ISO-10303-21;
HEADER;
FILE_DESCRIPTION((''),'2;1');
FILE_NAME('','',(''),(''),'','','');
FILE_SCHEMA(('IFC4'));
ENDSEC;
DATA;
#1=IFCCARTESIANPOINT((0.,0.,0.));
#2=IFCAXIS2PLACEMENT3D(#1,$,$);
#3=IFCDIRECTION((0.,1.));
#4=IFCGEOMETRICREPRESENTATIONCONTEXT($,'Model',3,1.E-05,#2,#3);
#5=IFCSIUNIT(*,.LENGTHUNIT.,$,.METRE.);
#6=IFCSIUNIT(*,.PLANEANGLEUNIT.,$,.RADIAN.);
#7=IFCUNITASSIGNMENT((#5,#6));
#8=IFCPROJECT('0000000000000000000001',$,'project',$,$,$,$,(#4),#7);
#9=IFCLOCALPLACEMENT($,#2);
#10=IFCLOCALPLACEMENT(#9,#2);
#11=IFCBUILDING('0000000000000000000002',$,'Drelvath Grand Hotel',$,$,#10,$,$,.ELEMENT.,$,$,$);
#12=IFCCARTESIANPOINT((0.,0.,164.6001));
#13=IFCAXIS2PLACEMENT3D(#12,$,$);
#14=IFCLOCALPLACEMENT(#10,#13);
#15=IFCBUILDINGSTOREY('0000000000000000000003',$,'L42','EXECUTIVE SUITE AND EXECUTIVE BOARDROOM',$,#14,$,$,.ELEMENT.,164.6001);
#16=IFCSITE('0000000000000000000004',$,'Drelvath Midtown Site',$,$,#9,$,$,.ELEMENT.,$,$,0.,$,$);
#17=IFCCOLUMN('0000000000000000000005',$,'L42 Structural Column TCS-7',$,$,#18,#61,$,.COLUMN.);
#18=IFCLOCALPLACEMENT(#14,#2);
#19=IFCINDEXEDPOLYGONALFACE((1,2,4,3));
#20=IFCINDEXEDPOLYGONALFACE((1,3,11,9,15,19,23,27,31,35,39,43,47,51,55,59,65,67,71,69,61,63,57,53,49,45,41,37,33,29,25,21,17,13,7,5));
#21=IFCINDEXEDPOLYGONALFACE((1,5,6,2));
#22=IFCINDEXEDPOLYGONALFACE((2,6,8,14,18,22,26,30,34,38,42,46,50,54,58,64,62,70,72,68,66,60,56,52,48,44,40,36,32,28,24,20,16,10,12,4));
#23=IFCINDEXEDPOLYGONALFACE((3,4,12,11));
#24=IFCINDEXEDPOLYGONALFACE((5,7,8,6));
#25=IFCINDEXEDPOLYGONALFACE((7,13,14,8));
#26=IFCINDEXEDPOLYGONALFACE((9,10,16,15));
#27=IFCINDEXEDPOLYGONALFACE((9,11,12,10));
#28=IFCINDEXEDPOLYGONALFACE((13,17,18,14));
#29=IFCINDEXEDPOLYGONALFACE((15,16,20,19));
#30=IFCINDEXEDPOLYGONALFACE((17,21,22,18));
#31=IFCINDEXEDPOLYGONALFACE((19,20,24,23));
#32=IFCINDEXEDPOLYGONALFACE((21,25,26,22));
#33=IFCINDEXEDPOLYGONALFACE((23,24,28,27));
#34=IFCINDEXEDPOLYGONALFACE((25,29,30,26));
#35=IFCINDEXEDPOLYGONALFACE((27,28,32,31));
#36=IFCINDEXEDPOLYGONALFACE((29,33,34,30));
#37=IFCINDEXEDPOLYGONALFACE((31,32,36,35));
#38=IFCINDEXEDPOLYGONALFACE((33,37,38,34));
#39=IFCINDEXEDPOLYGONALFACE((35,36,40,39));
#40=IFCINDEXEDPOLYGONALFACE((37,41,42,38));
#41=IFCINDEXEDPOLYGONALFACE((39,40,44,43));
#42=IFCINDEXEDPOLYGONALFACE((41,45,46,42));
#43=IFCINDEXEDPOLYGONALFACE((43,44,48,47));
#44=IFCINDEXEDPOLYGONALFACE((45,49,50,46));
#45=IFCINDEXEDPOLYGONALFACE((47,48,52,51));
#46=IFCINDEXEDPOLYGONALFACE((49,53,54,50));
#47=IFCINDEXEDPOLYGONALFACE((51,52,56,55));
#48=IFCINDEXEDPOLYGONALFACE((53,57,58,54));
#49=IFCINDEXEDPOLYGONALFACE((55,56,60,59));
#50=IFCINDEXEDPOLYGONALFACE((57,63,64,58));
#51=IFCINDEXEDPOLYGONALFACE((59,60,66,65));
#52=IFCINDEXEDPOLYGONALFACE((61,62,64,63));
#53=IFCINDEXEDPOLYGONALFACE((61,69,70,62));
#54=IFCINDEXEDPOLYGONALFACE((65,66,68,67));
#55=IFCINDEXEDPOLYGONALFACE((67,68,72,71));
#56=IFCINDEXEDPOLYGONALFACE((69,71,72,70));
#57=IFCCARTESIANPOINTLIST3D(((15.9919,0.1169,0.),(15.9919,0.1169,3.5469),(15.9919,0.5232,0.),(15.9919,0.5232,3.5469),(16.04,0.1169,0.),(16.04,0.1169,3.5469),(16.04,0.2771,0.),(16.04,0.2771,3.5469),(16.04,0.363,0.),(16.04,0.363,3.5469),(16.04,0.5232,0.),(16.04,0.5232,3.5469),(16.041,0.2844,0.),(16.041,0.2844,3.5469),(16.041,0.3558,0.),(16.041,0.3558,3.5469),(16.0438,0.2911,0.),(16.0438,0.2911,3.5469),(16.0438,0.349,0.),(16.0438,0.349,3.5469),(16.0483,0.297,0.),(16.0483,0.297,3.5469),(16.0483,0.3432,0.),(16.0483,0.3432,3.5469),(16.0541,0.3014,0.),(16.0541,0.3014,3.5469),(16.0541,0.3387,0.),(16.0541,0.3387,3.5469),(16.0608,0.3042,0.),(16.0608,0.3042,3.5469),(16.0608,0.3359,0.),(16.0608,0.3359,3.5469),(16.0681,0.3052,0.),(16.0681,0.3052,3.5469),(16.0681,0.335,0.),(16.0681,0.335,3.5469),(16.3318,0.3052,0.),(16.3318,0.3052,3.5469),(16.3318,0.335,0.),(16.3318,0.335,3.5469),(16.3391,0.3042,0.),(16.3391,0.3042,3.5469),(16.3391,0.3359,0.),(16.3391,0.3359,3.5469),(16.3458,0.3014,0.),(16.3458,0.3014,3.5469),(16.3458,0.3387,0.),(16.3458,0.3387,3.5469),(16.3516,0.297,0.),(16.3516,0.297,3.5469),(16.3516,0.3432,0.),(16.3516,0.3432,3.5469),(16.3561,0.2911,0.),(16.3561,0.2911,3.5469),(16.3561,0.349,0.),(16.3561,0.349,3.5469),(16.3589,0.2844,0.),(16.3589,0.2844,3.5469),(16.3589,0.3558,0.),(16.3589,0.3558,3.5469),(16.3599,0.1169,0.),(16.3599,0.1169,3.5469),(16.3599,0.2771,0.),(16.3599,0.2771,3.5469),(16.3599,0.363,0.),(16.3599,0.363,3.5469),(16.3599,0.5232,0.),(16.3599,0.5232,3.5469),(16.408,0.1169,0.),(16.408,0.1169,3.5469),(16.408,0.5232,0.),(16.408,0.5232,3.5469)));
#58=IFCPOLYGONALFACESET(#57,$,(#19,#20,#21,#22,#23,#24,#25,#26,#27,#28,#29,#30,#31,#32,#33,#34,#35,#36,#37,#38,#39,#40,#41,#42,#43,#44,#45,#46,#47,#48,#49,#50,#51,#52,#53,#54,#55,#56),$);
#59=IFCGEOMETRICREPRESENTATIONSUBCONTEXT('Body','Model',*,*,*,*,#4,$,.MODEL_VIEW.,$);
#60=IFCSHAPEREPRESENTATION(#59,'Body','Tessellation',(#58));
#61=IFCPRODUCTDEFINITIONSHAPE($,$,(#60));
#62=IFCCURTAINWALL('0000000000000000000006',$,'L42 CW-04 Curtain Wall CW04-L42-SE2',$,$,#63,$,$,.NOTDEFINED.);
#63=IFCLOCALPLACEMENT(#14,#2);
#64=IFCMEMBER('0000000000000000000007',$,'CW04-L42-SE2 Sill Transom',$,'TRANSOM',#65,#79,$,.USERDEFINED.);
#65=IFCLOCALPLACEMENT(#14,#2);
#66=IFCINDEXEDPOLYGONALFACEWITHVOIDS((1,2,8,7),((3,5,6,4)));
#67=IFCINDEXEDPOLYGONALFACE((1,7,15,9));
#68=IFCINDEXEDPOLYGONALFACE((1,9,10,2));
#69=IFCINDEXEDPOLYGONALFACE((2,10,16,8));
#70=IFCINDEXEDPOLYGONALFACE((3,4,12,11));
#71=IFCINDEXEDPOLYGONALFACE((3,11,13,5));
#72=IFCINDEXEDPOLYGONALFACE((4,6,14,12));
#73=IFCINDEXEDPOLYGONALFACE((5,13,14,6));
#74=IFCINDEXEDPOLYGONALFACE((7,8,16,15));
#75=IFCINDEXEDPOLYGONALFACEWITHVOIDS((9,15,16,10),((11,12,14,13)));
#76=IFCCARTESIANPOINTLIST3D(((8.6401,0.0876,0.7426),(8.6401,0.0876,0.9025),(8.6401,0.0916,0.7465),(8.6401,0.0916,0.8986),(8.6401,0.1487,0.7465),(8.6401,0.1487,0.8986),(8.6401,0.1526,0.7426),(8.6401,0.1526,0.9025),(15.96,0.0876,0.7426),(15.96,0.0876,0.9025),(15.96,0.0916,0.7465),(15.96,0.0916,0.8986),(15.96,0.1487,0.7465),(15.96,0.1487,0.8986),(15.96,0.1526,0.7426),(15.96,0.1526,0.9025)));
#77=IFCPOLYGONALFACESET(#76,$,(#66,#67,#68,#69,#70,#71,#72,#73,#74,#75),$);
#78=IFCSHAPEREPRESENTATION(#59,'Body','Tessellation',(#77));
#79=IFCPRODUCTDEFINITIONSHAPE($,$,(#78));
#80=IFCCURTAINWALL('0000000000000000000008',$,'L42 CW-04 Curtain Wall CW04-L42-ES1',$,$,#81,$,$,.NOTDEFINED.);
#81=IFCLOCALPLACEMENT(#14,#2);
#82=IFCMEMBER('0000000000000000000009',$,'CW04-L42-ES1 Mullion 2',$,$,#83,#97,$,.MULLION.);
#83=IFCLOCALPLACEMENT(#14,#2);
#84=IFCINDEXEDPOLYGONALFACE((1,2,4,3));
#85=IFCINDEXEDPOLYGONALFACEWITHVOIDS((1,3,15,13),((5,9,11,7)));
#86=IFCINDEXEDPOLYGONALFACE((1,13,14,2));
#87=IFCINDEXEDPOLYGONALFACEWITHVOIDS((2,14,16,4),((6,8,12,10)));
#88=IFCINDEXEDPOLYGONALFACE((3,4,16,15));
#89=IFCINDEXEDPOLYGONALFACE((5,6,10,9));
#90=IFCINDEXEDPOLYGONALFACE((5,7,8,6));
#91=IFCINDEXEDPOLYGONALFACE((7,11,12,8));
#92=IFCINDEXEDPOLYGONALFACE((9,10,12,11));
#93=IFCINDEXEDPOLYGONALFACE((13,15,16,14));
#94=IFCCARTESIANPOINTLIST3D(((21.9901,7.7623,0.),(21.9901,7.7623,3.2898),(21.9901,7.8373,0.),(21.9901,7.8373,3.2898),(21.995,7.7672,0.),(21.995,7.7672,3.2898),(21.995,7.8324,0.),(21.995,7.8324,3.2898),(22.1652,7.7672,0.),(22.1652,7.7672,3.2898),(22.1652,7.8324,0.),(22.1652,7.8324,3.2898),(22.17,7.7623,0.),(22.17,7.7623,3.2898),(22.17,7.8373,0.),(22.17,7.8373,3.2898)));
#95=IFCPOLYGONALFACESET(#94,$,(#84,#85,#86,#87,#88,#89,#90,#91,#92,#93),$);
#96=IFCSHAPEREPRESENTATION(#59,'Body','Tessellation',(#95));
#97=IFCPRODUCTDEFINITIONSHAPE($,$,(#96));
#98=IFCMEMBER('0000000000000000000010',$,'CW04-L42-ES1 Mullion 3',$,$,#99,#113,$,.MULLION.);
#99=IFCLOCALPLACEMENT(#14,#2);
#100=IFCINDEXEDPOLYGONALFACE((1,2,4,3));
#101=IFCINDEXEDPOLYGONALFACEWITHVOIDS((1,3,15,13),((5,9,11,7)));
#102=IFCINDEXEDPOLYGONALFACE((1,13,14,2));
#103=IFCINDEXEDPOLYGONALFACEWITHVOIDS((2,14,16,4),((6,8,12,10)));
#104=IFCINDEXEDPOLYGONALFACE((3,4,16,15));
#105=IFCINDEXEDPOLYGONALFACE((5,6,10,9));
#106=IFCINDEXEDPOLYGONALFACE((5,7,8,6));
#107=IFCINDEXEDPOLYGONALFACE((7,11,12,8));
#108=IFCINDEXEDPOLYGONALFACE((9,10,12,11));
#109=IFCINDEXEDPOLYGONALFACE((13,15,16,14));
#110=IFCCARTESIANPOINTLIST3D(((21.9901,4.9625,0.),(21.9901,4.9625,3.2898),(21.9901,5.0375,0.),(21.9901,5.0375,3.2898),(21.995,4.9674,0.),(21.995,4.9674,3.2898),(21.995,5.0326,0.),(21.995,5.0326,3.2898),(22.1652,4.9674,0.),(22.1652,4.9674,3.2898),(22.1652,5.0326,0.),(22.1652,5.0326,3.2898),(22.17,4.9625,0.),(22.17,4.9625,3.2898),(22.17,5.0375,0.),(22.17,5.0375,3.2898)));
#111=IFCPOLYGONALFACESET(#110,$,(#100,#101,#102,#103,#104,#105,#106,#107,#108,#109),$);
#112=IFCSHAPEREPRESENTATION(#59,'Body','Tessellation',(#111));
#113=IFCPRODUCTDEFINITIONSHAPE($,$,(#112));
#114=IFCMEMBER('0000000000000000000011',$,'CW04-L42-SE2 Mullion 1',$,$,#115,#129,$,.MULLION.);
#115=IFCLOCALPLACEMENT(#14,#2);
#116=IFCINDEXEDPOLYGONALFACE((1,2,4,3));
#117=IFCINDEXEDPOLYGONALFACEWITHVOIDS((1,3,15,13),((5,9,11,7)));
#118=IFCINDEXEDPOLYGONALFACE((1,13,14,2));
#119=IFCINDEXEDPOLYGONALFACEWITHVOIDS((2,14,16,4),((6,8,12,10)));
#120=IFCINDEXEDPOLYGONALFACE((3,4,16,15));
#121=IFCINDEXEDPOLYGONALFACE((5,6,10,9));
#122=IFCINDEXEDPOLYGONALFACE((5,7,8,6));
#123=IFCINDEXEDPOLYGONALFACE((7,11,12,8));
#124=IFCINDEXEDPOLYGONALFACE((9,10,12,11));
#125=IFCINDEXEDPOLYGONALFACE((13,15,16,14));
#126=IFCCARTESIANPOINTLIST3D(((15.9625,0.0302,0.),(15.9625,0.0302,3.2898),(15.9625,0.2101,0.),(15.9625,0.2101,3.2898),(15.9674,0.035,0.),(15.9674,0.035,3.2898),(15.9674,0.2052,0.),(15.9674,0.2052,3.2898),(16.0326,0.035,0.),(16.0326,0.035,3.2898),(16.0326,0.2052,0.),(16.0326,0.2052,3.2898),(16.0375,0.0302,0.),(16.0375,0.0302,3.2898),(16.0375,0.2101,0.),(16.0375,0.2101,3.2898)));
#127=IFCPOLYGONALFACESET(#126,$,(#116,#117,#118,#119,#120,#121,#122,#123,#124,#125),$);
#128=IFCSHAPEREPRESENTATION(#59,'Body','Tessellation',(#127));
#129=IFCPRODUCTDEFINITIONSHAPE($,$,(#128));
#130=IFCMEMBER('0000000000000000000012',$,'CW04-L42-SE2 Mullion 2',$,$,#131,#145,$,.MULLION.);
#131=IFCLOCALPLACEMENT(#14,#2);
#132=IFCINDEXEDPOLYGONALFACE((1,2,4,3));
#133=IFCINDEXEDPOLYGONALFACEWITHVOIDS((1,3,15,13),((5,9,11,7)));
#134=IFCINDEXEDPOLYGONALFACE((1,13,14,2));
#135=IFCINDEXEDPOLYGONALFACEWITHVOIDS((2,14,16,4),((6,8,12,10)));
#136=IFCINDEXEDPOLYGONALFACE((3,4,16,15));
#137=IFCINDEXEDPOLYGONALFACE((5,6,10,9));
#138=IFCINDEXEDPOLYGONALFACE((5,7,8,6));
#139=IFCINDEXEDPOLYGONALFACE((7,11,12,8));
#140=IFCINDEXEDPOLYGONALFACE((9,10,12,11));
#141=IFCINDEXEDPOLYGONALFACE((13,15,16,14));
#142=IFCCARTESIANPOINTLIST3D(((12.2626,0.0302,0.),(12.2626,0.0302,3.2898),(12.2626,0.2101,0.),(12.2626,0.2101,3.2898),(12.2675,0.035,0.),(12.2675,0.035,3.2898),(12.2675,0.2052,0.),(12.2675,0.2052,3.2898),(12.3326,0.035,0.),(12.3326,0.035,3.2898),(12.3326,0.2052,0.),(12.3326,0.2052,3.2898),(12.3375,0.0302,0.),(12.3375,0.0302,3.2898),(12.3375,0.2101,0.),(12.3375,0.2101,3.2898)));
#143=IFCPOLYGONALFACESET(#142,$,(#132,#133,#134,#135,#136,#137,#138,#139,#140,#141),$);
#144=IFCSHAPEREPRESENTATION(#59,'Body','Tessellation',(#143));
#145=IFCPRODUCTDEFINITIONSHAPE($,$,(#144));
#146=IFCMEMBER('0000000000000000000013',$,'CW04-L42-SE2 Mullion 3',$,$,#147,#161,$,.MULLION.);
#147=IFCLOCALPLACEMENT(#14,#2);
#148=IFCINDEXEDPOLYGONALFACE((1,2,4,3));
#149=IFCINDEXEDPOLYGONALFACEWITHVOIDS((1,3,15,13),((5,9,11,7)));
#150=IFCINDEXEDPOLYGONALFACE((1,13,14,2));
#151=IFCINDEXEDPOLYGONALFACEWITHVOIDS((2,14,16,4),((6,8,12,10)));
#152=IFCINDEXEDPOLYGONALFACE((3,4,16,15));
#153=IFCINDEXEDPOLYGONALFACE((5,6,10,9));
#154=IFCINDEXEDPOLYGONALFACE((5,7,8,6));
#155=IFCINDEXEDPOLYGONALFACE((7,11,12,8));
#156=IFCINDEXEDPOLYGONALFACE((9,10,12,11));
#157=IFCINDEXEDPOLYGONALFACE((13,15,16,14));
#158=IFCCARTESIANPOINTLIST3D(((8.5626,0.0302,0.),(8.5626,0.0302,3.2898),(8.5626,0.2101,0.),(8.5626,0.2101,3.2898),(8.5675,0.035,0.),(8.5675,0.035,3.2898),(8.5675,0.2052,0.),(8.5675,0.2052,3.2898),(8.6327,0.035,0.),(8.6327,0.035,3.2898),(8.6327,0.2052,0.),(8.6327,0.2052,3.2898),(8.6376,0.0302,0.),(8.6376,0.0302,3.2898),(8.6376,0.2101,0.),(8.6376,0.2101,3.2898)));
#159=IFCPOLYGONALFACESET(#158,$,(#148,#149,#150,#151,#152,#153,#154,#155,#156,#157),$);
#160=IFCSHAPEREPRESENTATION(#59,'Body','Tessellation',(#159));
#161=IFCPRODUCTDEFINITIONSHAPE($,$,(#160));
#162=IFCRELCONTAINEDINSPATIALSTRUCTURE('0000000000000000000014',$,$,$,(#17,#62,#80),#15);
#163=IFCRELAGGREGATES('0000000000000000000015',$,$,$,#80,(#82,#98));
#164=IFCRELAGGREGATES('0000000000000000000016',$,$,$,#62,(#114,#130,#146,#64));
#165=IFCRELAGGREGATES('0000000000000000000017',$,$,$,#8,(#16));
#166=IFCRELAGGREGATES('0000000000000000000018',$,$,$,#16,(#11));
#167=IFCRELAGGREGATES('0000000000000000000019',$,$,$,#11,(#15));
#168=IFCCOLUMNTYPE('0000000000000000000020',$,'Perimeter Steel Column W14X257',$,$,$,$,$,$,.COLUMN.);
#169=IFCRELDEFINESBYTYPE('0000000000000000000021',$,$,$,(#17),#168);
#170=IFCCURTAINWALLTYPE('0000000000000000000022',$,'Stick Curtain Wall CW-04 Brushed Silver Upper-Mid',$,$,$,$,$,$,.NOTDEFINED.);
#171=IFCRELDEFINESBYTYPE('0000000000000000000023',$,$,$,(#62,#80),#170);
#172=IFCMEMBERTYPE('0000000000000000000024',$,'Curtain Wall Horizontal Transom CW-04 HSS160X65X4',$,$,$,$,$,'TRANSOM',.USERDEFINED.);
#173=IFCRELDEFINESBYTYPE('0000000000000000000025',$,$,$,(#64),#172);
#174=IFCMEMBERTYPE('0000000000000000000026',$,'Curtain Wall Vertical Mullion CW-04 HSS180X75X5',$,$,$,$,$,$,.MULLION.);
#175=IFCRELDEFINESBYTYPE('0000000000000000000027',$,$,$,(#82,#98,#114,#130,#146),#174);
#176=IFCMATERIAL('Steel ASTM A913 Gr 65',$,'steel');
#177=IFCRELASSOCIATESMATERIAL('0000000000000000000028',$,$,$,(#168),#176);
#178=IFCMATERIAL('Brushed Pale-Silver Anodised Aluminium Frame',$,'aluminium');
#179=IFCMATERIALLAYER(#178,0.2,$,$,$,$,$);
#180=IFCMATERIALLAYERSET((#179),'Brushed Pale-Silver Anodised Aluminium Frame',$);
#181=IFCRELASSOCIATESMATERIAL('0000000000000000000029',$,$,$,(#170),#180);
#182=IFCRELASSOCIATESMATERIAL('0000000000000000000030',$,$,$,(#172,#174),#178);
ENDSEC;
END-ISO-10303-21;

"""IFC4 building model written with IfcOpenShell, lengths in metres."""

from ifc_helpers import new_model, si_unit, direction, frame, origin, origin_2d, place, context, subcontext, project, spatial, hollow_rectangle, i_section, extrude, material, layer, layer_set, material_profile, profile_set, type_object, element, aggregate, save


model = new_model("IFC4")

# Units and contexts
model_context = context("Model", 3, precision=1e-05, world=origin(), true_north=direction((0.0, 1.0)))
body_context = subcontext(model_context, "Body", "Model", "MODEL_VIEW")
ifc_project = project(units=[si_unit("LENGTHUNIT", "METRE"), si_unit("PLANEANGLEUNIT", "RADIAN")], contexts=[model_context])

# Site, building, storey
site_placement = place(None, origin())
site = spatial("IfcSite", under=ifc_project, at=site_placement, Name="Drelvath Midtown Site", CompositionType="ELEMENT", RefElevation=0.0)
building_placement = place(site_placement, origin())
building = spatial("IfcBuilding", under=site, at=building_placement, Name="Drelvath Grand Hotel", CompositionType="ELEMENT")
storey_placement = place(building_placement, frame((0.0, 0.0, 164.6001)))
storey = spatial("IfcBuildingStorey", under=building, at=storey_placement, Name="L42", Description="EXECUTIVE SUITE AND EXECUTIVE BOARDROOM", CompositionType="ELEMENT", Elevation=164.6001)

# Column
ifc_material_1 = material(Name="Steel ASTM A913 Gr 65", Category="steel")
ifc_material_profile_1 = material_profile(ifc_material_1, i_section(OverallWidth=0.4062, OverallDepth=0.416, WebThickness=0.0298, FlangeThickness=0.0481, FilletRadius=0.0281, at=origin_2d()), Name="W14X257")
ifc_profile_set_1 = profile_set([ifc_material_profile_1], Name="Steel ASTM A913 Gr 65")
column_type = type_object("IfcColumnType", Name="Perimeter Steel Column W14X257", PredefinedType="COLUMN", material=ifc_profile_set_1)
column_placement = place(storey_placement, frame((16.2, 0.3201, 0.0), z_axis=(0.0, 0.0, 1.0), x_axis=(0.0, 1.0, 0.0)))
element("IfcColumn", 1, at=column_placement, inside=storey, type_object=column_type, Name="L42 Structural Column TCS-7", PredefinedType="COLUMN", context=body_context, shape_type="SweptSolid", body=[
    extrude(i_section(OverallWidth=0.4062, OverallDepth=0.416, WebThickness=0.0298, FlangeThickness=0.0481, FilletRadius=0.0281, at=origin_2d()), origin(), (0.0, 0.0, 1.0), 3.5469),
])

# Curtain wall, member
ifc_material_2 = material(Name="Brushed Pale-Silver Anodised Aluminium Frame", Category="aluminium")
ifc_layer_1 = layer(ifc_material_2, 0.2)
ifc_layer_set_1 = layer_set([ifc_layer_1], Name="Brushed Pale-Silver Anodised Aluminium Frame")
curtain_wall_type = type_object("IfcCurtainWallType", Name="Stick Curtain Wall CW-04 Brushed Silver Upper-Mid", PredefinedType="NOTDEFINED", material=ifc_layer_set_1)
curtain_wall_1_placement = place(storey_placement, origin())
curtain_wall_1 = element("IfcCurtainWall", 2, at=curtain_wall_1_placement, inside=storey, type_object=curtain_wall_type, Name="L42 CW-04 Curtain Wall CW04-L42-SE2", PredefinedType="NOTDEFINED")
ifc_material_profile_2 = material_profile(ifc_material_2, hollow_rectangle(XDim=0.0649, YDim=0.1599, WallThickness=0.0039, at=origin_2d()), Name="HSS160X65X4")
ifc_profile_set_2 = profile_set([ifc_material_profile_2], Name="Brushed Pale-Silver Anodised Aluminium Frame")
member_type_1 = type_object("IfcMemberType", Name="Curtain Wall Horizontal Transom CW-04 HSS160X65X4", ElementType="TRANSOM", PredefinedType="USERDEFINED", material=ifc_profile_set_2)
member_1_placement = place(storey_placement, frame((15.96, 0.1201, 0.8225), z_axis=(-1.0, 0.0, 0.0), x_axis=(0.0, -1.0, 0.0)))
member_1 = element("IfcMember", 3, at=member_1_placement, type_object=member_type_1, Name="CW04-L42-SE2 Sill Transom", ObjectType="TRANSOM", PredefinedType="USERDEFINED", context=body_context, shape_type="SweptSolid", body=[
    extrude(hollow_rectangle(XDim=0.0649, YDim=0.1599, WallThickness=0.0039, at=origin_2d()), origin(), (0.0, 0.0, 1.0), 7.3198),
])

# Curtain wall, members
curtain_wall_2_placement = place(storey_placement, origin())
curtain_wall_2 = element("IfcCurtainWall", 4, at=curtain_wall_2_placement, inside=storey, type_object=curtain_wall_type, Name="L42 CW-04 Curtain Wall CW04-L42-ES1", PredefinedType="NOTDEFINED")
ifc_material_profile_3 = material_profile(ifc_material_2, hollow_rectangle(XDim=0.075, YDim=0.1799, WallThickness=0.0049, at=origin_2d()), Name="HSS180X75X5")
ifc_profile_set_3 = profile_set([ifc_material_profile_3], Name="Brushed Pale-Silver Anodised Aluminium Frame")
member_type_2 = type_object("IfcMemberType", Name="Curtain Wall Vertical Mullion CW-04 HSS180X75X5", PredefinedType="MULLION", material=ifc_profile_set_3)
member_2_placement = place(storey_placement, frame((22.0801, 7.7998, 0.0), z_axis=(0.0, 0.0, 1.0), x_axis=(0.0, 1.0, 0.0)))
member_2 = element("IfcMember", 5, at=member_2_placement, type_object=member_type_2, Name="CW04-L42-ES1 Mullion 2", PredefinedType="MULLION", context=body_context, shape_type="SweptSolid", body=[
    extrude(hollow_rectangle(XDim=0.075, YDim=0.1799, WallThickness=0.0049, at=origin_2d()), origin(), (0.0, 0.0, 1.0), 3.2898),
])
member_3_placement = place(storey_placement, frame((22.0801, 5.0, 0.0), z_axis=(0.0, 0.0, 1.0), x_axis=(0.0, 1.0, 0.0)))
member_3 = element("IfcMember", 6, at=member_3_placement, type_object=member_type_2, Name="CW04-L42-ES1 Mullion 3", PredefinedType="MULLION", context=body_context, shape_type="SweptSolid", body=[
    extrude(hollow_rectangle(XDim=0.075, YDim=0.1799, WallThickness=0.0049, at=origin_2d()), origin(), (0.0, 0.0, 1.0), 3.2898),
])

# Members
member_4_placement = place(storey_placement, frame((16.0, 0.1201, 0.0), z_axis=(0.0, 0.0, 1.0), x_axis=(1.0, 0.0, 0.0)))
member_4 = element("IfcMember", 7, at=member_4_placement, type_object=member_type_2, Name="CW04-L42-SE2 Mullion 1", PredefinedType="MULLION", context=body_context, shape_type="SweptSolid", body=[
    extrude(hollow_rectangle(XDim=0.075, YDim=0.1799, WallThickness=0.0049, at=origin_2d()), origin(), (0.0, 0.0, 1.0), 3.2898),
])
member_5_placement = place(storey_placement, frame((12.3, 0.1201, 0.0), z_axis=(0.0, 0.0, 1.0), x_axis=(1.0, 0.0, 0.0)))
member_5 = element("IfcMember", 8, at=member_5_placement, type_object=member_type_2, Name="CW04-L42-SE2 Mullion 2", PredefinedType="MULLION", context=body_context, shape_type="SweptSolid", body=[
    extrude(hollow_rectangle(XDim=0.075, YDim=0.1799, WallThickness=0.0049, at=origin_2d()), origin(), (0.0, 0.0, 1.0), 3.2898),
])
member_6_placement = place(storey_placement, frame((8.6001, 0.1201, 0.0), z_axis=(0.0, 0.0, 1.0), x_axis=(1.0, 0.0, 0.0)))
member_6 = element("IfcMember", 9, at=member_6_placement, type_object=member_type_2, Name="CW04-L42-SE2 Mullion 3", PredefinedType="MULLION", context=body_context, shape_type="SweptSolid", body=[
    extrude(hollow_rectangle(XDim=0.075, YDim=0.1799, WallThickness=0.0049, at=origin_2d()), origin(), (0.0, 0.0, 1.0), 3.2898),
])

aggregate(curtain_wall_2, [member_2, member_3])
aggregate(curtain_wall_1, [member_4, member_5, member_6, member_1])

save(model, "model.ifc")
